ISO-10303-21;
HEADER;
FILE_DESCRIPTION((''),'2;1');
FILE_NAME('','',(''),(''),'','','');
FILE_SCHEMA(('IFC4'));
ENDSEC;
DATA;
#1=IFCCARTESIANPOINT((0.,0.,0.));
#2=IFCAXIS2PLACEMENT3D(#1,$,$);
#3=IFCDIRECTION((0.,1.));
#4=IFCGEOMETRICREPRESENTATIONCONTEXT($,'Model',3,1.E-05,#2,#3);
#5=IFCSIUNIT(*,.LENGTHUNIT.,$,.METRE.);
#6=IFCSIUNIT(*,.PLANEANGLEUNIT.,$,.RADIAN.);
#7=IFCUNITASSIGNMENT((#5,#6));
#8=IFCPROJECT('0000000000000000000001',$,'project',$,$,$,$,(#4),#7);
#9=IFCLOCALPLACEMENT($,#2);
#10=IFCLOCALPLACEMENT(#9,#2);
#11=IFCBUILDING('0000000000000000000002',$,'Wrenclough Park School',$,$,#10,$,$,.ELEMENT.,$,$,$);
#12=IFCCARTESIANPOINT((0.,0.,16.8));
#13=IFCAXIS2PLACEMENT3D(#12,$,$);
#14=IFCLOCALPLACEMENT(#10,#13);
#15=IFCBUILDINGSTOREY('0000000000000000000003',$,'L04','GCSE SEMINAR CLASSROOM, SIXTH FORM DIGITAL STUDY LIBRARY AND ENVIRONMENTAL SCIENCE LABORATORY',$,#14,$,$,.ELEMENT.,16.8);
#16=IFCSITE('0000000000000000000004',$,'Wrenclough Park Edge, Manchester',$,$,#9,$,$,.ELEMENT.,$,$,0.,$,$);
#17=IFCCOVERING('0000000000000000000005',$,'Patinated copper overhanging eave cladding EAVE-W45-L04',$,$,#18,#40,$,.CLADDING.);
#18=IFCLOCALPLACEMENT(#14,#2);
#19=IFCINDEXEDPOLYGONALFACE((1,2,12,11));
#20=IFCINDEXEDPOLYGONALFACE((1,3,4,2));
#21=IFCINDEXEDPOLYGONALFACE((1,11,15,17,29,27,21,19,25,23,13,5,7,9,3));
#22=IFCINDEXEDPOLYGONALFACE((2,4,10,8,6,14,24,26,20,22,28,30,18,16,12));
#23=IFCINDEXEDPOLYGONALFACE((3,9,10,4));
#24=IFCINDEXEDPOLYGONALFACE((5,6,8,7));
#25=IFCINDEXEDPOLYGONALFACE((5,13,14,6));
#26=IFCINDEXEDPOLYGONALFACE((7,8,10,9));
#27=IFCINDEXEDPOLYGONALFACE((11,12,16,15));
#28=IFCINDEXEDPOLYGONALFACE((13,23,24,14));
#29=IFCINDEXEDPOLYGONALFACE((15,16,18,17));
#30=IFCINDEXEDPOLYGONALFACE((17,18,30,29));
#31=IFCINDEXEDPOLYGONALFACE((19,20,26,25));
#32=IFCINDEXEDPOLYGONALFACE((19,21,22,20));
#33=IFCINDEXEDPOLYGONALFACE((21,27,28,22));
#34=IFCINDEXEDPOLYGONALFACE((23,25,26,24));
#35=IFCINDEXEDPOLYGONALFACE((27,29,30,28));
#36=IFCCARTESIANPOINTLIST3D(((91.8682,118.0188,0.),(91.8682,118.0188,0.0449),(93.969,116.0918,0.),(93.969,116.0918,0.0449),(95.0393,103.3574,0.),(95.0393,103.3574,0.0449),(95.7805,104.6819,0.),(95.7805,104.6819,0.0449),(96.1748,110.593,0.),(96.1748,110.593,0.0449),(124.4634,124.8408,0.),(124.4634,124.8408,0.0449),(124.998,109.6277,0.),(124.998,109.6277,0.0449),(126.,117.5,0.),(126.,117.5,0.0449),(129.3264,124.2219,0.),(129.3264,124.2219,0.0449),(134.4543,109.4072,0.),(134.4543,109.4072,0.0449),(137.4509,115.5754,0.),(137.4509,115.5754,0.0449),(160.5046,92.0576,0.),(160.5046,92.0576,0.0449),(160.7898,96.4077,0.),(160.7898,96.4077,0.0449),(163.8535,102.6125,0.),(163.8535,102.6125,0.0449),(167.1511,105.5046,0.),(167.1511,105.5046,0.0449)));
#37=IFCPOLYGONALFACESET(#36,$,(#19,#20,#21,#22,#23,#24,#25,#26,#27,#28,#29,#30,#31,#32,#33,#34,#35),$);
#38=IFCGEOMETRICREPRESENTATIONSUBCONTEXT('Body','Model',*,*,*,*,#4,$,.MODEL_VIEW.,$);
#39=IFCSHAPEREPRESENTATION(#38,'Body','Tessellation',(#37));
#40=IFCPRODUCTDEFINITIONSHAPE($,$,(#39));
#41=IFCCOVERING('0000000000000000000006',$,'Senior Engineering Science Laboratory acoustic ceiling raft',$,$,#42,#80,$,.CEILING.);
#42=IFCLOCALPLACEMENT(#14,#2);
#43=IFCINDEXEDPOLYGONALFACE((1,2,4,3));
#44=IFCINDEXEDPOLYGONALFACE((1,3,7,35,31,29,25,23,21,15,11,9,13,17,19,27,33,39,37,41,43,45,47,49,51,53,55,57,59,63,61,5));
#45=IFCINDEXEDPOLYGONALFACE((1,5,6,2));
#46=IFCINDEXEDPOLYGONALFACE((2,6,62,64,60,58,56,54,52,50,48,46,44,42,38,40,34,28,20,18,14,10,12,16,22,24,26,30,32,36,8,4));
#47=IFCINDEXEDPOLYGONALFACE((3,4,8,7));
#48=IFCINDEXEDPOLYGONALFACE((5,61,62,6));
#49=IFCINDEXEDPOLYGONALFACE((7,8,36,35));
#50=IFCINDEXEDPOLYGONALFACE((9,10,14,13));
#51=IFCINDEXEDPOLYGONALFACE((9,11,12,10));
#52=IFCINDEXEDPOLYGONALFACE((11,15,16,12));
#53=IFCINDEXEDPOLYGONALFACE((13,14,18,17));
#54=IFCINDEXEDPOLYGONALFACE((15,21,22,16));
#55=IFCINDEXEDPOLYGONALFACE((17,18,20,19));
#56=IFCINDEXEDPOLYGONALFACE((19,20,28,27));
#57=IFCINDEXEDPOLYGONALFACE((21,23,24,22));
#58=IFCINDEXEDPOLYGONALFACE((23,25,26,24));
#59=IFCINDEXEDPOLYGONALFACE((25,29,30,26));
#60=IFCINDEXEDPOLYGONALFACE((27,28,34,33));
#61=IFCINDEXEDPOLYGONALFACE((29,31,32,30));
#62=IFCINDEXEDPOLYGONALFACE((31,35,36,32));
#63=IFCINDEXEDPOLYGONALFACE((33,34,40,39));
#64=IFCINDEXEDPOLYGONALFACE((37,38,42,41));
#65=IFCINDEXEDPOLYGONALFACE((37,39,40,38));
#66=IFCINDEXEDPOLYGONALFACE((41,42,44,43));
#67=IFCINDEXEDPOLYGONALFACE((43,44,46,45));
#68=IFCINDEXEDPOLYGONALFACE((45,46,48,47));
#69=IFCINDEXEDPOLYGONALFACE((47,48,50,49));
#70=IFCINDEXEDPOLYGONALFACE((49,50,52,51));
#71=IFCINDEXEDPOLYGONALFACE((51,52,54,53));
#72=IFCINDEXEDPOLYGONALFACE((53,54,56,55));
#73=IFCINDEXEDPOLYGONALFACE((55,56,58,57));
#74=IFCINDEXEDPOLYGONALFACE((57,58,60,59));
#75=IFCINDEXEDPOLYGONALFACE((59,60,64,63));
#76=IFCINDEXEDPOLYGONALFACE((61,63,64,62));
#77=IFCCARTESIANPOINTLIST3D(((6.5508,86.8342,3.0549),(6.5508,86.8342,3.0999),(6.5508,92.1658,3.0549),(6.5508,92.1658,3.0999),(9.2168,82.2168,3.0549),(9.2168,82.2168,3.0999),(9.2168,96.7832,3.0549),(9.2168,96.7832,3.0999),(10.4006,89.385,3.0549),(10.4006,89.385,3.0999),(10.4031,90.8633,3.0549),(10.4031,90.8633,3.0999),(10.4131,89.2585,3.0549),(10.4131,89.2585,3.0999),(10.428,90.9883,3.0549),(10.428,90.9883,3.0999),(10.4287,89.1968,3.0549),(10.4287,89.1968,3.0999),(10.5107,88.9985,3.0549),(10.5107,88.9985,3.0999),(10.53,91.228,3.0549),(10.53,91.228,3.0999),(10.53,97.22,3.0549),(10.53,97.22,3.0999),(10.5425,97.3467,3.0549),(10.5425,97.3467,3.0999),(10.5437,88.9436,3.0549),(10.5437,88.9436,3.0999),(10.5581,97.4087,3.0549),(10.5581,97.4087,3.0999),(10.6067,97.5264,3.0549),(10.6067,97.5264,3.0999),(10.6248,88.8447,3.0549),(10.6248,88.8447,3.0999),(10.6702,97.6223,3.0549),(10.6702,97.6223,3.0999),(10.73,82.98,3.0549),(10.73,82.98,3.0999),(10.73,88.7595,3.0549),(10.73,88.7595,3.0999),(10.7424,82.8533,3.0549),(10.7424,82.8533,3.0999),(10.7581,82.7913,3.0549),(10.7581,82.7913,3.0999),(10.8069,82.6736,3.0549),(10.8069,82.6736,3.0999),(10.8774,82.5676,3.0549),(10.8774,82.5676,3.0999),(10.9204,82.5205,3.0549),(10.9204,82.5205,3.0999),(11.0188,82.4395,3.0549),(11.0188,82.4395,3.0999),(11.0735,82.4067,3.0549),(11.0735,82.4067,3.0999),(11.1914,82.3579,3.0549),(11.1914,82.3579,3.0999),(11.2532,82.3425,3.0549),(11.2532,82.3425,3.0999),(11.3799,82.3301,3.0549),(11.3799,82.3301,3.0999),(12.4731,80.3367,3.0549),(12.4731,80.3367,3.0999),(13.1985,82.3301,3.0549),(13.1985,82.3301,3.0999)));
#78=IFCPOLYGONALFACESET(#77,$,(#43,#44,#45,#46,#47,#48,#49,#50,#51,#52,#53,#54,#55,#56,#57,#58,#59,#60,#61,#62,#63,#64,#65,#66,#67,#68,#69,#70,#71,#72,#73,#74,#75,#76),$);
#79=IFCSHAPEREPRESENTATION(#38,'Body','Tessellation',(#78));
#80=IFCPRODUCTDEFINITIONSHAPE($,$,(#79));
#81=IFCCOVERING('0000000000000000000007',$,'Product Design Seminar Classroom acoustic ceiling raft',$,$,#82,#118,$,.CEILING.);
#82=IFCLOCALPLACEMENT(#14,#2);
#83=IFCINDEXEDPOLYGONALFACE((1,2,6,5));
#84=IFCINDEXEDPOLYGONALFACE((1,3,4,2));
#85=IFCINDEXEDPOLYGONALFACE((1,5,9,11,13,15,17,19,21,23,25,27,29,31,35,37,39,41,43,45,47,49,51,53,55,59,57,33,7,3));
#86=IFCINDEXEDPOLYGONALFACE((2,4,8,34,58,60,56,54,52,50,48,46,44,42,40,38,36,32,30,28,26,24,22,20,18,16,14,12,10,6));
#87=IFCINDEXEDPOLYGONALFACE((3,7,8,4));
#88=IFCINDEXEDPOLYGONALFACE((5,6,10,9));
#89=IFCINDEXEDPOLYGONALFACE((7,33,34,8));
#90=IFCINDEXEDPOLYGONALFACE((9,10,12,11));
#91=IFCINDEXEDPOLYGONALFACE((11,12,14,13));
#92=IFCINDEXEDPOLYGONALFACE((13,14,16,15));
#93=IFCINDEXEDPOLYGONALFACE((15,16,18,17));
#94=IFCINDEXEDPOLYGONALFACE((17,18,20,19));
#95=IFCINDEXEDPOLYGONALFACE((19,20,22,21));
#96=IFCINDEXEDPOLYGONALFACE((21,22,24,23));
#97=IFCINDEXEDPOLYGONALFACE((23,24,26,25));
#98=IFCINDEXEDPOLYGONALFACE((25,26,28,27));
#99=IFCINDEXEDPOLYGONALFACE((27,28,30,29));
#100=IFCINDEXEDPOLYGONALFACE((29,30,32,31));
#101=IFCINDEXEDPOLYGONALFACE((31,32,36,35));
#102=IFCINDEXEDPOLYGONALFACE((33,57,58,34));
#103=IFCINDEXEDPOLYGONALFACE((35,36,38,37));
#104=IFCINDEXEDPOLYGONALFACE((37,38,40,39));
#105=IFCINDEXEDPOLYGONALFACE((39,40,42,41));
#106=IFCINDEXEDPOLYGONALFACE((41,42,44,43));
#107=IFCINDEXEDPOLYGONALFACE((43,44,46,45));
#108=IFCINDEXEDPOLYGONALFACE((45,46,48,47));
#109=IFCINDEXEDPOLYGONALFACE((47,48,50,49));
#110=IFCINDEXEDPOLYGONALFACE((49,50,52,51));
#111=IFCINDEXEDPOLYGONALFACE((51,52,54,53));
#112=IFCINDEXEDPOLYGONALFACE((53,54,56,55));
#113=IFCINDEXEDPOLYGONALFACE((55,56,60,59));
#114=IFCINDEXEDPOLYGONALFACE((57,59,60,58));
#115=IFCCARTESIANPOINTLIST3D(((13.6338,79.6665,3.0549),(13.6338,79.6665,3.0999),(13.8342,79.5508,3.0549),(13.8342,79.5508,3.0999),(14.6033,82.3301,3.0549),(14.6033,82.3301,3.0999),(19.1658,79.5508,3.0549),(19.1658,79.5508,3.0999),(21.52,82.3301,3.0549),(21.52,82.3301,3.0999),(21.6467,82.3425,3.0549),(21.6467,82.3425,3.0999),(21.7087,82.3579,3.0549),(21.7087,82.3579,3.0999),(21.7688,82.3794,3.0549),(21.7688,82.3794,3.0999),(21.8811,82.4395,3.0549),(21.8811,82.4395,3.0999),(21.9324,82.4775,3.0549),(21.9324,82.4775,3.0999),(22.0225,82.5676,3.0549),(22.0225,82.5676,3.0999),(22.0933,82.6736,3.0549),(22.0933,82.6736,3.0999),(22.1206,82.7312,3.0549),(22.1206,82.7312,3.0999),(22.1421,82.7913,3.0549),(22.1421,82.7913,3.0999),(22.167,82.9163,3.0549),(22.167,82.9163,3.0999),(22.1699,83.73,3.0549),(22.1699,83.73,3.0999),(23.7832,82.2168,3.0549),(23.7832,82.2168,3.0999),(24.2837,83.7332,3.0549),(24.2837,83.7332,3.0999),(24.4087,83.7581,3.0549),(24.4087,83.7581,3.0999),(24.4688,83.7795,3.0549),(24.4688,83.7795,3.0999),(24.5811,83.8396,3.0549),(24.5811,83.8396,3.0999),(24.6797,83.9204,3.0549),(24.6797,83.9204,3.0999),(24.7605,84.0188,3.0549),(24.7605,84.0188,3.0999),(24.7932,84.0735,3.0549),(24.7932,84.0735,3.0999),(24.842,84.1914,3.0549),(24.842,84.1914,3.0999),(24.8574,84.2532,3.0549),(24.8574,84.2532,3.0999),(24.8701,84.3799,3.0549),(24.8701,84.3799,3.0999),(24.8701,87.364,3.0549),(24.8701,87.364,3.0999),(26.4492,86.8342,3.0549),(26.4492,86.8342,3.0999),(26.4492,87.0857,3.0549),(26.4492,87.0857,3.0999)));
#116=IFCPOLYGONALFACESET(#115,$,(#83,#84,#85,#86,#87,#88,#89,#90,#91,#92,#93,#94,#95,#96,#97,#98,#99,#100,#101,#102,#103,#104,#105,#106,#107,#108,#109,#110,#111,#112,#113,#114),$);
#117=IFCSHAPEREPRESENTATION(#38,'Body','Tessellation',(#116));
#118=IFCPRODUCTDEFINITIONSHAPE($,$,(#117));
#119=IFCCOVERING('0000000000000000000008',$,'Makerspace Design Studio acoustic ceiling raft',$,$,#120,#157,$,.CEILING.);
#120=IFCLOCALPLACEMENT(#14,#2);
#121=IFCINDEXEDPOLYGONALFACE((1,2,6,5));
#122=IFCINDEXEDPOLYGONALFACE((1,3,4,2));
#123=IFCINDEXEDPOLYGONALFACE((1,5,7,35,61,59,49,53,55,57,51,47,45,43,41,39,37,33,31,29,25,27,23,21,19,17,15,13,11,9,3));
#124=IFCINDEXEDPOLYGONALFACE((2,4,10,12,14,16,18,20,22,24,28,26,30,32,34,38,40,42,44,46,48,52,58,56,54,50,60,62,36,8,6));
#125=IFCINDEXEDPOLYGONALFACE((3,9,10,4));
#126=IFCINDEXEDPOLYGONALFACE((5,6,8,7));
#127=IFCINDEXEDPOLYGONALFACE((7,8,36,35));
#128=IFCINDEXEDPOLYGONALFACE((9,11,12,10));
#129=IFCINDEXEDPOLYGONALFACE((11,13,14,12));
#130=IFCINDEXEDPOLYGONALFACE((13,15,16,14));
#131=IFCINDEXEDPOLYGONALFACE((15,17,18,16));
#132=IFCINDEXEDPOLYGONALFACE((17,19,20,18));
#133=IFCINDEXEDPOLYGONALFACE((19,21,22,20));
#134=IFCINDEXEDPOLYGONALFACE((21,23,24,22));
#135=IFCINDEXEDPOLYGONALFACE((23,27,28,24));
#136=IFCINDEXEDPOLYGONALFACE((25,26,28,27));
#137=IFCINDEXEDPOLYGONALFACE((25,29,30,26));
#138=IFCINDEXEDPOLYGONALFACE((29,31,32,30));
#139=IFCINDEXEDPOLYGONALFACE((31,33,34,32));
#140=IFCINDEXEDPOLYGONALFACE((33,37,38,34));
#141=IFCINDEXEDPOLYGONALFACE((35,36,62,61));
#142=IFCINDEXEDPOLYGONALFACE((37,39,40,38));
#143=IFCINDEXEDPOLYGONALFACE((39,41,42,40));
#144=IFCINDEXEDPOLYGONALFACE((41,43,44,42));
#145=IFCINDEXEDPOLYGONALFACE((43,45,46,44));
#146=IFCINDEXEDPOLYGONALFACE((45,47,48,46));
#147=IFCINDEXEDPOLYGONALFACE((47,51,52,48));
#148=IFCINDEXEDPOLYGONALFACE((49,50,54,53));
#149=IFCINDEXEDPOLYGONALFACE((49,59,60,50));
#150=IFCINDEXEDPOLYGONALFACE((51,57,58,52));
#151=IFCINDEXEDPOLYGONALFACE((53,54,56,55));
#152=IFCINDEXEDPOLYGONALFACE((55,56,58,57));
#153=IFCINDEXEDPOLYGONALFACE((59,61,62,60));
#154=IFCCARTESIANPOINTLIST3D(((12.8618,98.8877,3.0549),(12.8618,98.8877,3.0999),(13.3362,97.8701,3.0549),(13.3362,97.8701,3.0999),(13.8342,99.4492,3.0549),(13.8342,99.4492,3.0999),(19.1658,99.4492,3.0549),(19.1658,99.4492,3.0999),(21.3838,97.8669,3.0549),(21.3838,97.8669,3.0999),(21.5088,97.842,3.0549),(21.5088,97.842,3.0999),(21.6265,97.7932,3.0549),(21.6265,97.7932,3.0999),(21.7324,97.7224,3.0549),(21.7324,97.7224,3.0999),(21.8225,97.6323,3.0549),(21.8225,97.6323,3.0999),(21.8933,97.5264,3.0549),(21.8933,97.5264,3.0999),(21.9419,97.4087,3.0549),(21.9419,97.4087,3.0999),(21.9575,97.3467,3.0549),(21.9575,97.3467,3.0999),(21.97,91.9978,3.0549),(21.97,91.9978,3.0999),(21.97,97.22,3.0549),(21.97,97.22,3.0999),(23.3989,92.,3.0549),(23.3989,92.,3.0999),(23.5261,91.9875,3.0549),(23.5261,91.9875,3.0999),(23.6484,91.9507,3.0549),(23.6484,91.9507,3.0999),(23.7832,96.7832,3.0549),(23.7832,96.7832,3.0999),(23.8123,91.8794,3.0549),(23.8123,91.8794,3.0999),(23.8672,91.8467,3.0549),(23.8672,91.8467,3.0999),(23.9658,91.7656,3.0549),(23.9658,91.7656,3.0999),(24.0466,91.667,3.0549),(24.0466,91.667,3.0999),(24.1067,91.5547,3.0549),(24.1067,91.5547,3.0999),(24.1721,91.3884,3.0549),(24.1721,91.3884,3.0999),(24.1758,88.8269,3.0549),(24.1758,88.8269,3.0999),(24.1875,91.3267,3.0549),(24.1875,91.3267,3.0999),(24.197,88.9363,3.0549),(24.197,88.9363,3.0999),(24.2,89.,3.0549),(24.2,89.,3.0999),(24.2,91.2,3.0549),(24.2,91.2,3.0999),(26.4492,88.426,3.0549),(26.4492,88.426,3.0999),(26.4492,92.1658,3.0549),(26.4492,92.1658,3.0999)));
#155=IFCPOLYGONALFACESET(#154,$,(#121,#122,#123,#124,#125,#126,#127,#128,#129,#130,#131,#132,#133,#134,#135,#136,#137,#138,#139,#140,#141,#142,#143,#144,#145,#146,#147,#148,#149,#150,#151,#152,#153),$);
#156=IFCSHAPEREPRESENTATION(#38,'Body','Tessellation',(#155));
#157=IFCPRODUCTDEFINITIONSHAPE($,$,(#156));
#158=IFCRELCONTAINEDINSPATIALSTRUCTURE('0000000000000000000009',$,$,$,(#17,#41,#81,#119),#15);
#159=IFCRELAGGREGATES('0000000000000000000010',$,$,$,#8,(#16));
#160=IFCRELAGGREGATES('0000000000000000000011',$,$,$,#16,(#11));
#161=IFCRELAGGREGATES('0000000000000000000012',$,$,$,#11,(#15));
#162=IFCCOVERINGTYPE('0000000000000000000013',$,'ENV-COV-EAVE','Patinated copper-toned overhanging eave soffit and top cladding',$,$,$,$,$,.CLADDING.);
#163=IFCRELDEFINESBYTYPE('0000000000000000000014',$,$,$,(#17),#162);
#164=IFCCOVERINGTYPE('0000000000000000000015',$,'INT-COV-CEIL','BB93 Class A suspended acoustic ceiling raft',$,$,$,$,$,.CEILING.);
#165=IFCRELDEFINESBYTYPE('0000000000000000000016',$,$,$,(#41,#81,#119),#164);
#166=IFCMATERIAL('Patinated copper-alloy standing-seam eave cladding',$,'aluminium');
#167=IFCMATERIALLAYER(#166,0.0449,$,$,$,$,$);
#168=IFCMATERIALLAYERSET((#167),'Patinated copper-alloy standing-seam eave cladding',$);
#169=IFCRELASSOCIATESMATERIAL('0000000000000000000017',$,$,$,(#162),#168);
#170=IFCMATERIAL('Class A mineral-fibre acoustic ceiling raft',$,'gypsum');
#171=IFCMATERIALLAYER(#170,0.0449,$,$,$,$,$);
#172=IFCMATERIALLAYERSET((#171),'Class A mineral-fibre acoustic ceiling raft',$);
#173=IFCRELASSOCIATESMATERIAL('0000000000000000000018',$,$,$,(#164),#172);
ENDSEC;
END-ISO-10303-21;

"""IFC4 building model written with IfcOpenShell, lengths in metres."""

from ifc_helpers import new_model, si_unit, direction, frame, origin, place, context, subcontext, project, spatial, polyline, outline, extrude, material, layer, layer_set, type_object, element, save


model = new_model("IFC4")

# Units and contexts
model_context = context("Model", 3, precision=1e-05, world=origin(), true_north=direction((0.0, 1.0)))
body_context = subcontext(model_context, "Body", "Model", "MODEL_VIEW")
ifc_project = project(units=[si_unit("LENGTHUNIT", "METRE"), si_unit("PLANEANGLEUNIT", "RADIAN")], contexts=[model_context])

# Site, building, storey
site_placement = place(None, origin())
site = spatial("IfcSite", under=ifc_project, at=site_placement, Name="Wrenclough Park Edge, Manchester", CompositionType="ELEMENT", RefElevation=0.0)
building_placement = place(site_placement, origin())
building = spatial("IfcBuilding", under=site, at=building_placement, Name="Wrenclough Park School", CompositionType="ELEMENT")
storey_placement = place(building_placement, frame((0.0, 0.0, 16.8)))
storey = spatial("IfcBuildingStorey", under=building, at=storey_placement, Name="L04", Description="GCSE SEMINAR CLASSROOM, SIXTH FORM DIGITAL STUDY LIBRARY AND ENVIRONMENTAL SCIENCE LABORATORY", CompositionType="ELEMENT", Elevation=16.8)

# Coverings
ifc_material_1 = material(Name="Patinated copper-alloy standing-seam eave cladding", Category="aluminium")
ifc_layer_1 = layer(ifc_material_1, 0.0449)
ifc_layer_set_1 = layer_set([ifc_layer_1], Name="Patinated copper-alloy standing-seam eave cladding")
covering_type_1 = type_object("IfcCoveringType", Name="ENV-COV-EAVE", Description="Patinated copper-toned overhanging eave soffit and top cladding", PredefinedType="CLADDING", material=ifc_layer_set_1)
covering_1_placement = place(storey_placement, origin())
element("IfcCovering", 1, at=covering_1_placement, inside=storey, type_object=covering_type_1, Name="Patinated copper overhanging eave cladding EAVE-W45-L04", PredefinedType="CLADDING", context=body_context, shape_type="SweptSolid", body=[
    extrude(outline(polyline([(96.1748, 110.593), (95.7805, 104.6819), (95.0393, 103.3574), (124.998, 109.6277), (160.5046, 92.0576), (160.7898, 96.4077), (134.4543, 109.4072), (137.4509, 115.5754), (163.8535, 102.6125), (167.1511, 105.5046), (129.3264, 124.2219), (126.0, 117.5), (124.4634, 124.8408), (91.8682, 118.0188), (93.969, 116.0918), (96.1748, 110.593)])), origin(), (0.0, 0.0, 1.0), 0.0449),
])
ifc_material_2 = material(Name="Class A mineral-fibre acoustic ceiling raft", Category="gypsum")
ifc_layer_2 = layer(ifc_material_2, 0.0449)
ifc_layer_set_2 = layer_set([ifc_layer_2], Name="Class A mineral-fibre acoustic ceiling raft")
covering_type_2 = type_object("IfcCoveringType", Name="INT-COV-CEIL", Description="BB93 Class A suspended acoustic ceiling raft", PredefinedType="CEILING", material=ifc_layer_set_2)
covering_2_placement = place(storey_placement, frame((0.0, 0.0, 3.0549)))
element("IfcCovering", 2, at=covering_2_placement, inside=storey, type_object=covering_type_2, Name="Senior Engineering Science Laboratory acoustic ceiling raft", PredefinedType="CEILING", context=body_context, shape_type="SweptSolid", body=[
    extrude(outline(polyline([(10.53, 91.228), (10.53, 97.22), (10.5425, 97.3467), (10.5581, 97.4087), (10.6067, 97.5264), (10.6702, 97.6223), (9.2168, 96.7832), (6.5508, 92.1658), (6.5508, 86.8342), (9.2168, 82.2168), (12.4731, 80.3367), (13.1985, 82.3301), (11.3799, 82.3301), (11.2532, 82.3425), (11.1914, 82.3579), (11.0735, 82.4067), (11.0188, 82.4395), (10.9204, 82.5205), (10.8774, 82.5676), (10.8069, 82.6736), (10.7581, 82.7913), (10.7424, 82.8533), (10.73, 82.98), (10.73, 88.7595), (10.6248, 88.8447), (10.5437, 88.9436), (10.5107, 88.9985), (10.4287, 89.1968), (10.4131, 89.2585), (10.4006, 89.385), (10.4031, 90.8633), (10.428, 90.9883), (10.53, 91.228)])), origin(), (0.0, 0.0, 1.0), 0.0449),
])
covering_3_placement = place(storey_placement, frame((0.0, 0.0, 3.0549)))
element("IfcCovering", 3, at=covering_3_placement, inside=storey, type_object=covering_type_2, Name="Product Design Seminar Classroom acoustic ceiling raft", PredefinedType="CEILING", context=body_context, shape_type="SweptSolid", body=[
    extrude(outline(polyline([(21.52, 82.3301), (14.6033, 82.3301), (13.6338, 79.6665), (13.8342, 79.5508), (19.1658, 79.5508), (23.7832, 82.2168), (26.4492, 86.8342), (26.4492, 87.0857), (24.8701, 87.364), (24.8701, 84.3799), (24.8574, 84.2532), (24.842, 84.1914), (24.7932, 84.0735), (24.7605, 84.0188), (24.6797, 83.9204), (24.5811, 83.8396), (24.4688, 83.7795), (24.4087, 83.7581), (24.2837, 83.7332), (22.1699, 83.73), (22.167, 82.9163), (22.1421, 82.7913), (22.1206, 82.7312), (22.0933, 82.6736), (22.0225, 82.5676), (21.9324, 82.4775), (21.8811, 82.4395), (21.7688, 82.3794), (21.7087, 82.3579), (21.6467, 82.3425), (21.52, 82.3301)])), origin(), (0.0, 0.0, 1.0), 0.0449),
])
covering_4_placement = place(storey_placement, frame((0.0, 0.0, 3.0549)))
element("IfcCovering", 4, at=covering_4_placement, inside=storey, type_object=covering_type_2, Name="Makerspace Design Studio acoustic ceiling raft", PredefinedType="CEILING", context=body_context, shape_type="SweptSolid", body=[
    extrude(outline(polyline([(21.97, 97.22), (21.97, 91.9978), (23.3989, 92.0), (23.5261, 91.9875), (23.6484, 91.9507), (23.8123, 91.8794), (23.8672, 91.8467), (23.9658, 91.7656), (24.0466, 91.667), (24.1067, 91.5547), (24.1721, 91.3884), (24.1875, 91.3267), (24.2, 91.2), (24.2, 89.0), (24.197, 88.9363), (24.1758, 88.8269), (26.4492, 88.426), (26.4492, 92.1658), (23.7832, 96.7832), (19.1658, 99.4492), (13.8342, 99.4492), (12.8618, 98.8877), (13.3362, 97.8701), (21.3838, 97.8669), (21.5088, 97.842), (21.6265, 97.7932), (21.7324, 97.7224), (21.8225, 97.6323), (21.8933, 97.5264), (21.9419, 97.4087), (21.9575, 97.3467), (21.97, 97.22)])), origin(), (0.0, 0.0, 1.0), 0.0449),
])

save(model, "model.ifc")
